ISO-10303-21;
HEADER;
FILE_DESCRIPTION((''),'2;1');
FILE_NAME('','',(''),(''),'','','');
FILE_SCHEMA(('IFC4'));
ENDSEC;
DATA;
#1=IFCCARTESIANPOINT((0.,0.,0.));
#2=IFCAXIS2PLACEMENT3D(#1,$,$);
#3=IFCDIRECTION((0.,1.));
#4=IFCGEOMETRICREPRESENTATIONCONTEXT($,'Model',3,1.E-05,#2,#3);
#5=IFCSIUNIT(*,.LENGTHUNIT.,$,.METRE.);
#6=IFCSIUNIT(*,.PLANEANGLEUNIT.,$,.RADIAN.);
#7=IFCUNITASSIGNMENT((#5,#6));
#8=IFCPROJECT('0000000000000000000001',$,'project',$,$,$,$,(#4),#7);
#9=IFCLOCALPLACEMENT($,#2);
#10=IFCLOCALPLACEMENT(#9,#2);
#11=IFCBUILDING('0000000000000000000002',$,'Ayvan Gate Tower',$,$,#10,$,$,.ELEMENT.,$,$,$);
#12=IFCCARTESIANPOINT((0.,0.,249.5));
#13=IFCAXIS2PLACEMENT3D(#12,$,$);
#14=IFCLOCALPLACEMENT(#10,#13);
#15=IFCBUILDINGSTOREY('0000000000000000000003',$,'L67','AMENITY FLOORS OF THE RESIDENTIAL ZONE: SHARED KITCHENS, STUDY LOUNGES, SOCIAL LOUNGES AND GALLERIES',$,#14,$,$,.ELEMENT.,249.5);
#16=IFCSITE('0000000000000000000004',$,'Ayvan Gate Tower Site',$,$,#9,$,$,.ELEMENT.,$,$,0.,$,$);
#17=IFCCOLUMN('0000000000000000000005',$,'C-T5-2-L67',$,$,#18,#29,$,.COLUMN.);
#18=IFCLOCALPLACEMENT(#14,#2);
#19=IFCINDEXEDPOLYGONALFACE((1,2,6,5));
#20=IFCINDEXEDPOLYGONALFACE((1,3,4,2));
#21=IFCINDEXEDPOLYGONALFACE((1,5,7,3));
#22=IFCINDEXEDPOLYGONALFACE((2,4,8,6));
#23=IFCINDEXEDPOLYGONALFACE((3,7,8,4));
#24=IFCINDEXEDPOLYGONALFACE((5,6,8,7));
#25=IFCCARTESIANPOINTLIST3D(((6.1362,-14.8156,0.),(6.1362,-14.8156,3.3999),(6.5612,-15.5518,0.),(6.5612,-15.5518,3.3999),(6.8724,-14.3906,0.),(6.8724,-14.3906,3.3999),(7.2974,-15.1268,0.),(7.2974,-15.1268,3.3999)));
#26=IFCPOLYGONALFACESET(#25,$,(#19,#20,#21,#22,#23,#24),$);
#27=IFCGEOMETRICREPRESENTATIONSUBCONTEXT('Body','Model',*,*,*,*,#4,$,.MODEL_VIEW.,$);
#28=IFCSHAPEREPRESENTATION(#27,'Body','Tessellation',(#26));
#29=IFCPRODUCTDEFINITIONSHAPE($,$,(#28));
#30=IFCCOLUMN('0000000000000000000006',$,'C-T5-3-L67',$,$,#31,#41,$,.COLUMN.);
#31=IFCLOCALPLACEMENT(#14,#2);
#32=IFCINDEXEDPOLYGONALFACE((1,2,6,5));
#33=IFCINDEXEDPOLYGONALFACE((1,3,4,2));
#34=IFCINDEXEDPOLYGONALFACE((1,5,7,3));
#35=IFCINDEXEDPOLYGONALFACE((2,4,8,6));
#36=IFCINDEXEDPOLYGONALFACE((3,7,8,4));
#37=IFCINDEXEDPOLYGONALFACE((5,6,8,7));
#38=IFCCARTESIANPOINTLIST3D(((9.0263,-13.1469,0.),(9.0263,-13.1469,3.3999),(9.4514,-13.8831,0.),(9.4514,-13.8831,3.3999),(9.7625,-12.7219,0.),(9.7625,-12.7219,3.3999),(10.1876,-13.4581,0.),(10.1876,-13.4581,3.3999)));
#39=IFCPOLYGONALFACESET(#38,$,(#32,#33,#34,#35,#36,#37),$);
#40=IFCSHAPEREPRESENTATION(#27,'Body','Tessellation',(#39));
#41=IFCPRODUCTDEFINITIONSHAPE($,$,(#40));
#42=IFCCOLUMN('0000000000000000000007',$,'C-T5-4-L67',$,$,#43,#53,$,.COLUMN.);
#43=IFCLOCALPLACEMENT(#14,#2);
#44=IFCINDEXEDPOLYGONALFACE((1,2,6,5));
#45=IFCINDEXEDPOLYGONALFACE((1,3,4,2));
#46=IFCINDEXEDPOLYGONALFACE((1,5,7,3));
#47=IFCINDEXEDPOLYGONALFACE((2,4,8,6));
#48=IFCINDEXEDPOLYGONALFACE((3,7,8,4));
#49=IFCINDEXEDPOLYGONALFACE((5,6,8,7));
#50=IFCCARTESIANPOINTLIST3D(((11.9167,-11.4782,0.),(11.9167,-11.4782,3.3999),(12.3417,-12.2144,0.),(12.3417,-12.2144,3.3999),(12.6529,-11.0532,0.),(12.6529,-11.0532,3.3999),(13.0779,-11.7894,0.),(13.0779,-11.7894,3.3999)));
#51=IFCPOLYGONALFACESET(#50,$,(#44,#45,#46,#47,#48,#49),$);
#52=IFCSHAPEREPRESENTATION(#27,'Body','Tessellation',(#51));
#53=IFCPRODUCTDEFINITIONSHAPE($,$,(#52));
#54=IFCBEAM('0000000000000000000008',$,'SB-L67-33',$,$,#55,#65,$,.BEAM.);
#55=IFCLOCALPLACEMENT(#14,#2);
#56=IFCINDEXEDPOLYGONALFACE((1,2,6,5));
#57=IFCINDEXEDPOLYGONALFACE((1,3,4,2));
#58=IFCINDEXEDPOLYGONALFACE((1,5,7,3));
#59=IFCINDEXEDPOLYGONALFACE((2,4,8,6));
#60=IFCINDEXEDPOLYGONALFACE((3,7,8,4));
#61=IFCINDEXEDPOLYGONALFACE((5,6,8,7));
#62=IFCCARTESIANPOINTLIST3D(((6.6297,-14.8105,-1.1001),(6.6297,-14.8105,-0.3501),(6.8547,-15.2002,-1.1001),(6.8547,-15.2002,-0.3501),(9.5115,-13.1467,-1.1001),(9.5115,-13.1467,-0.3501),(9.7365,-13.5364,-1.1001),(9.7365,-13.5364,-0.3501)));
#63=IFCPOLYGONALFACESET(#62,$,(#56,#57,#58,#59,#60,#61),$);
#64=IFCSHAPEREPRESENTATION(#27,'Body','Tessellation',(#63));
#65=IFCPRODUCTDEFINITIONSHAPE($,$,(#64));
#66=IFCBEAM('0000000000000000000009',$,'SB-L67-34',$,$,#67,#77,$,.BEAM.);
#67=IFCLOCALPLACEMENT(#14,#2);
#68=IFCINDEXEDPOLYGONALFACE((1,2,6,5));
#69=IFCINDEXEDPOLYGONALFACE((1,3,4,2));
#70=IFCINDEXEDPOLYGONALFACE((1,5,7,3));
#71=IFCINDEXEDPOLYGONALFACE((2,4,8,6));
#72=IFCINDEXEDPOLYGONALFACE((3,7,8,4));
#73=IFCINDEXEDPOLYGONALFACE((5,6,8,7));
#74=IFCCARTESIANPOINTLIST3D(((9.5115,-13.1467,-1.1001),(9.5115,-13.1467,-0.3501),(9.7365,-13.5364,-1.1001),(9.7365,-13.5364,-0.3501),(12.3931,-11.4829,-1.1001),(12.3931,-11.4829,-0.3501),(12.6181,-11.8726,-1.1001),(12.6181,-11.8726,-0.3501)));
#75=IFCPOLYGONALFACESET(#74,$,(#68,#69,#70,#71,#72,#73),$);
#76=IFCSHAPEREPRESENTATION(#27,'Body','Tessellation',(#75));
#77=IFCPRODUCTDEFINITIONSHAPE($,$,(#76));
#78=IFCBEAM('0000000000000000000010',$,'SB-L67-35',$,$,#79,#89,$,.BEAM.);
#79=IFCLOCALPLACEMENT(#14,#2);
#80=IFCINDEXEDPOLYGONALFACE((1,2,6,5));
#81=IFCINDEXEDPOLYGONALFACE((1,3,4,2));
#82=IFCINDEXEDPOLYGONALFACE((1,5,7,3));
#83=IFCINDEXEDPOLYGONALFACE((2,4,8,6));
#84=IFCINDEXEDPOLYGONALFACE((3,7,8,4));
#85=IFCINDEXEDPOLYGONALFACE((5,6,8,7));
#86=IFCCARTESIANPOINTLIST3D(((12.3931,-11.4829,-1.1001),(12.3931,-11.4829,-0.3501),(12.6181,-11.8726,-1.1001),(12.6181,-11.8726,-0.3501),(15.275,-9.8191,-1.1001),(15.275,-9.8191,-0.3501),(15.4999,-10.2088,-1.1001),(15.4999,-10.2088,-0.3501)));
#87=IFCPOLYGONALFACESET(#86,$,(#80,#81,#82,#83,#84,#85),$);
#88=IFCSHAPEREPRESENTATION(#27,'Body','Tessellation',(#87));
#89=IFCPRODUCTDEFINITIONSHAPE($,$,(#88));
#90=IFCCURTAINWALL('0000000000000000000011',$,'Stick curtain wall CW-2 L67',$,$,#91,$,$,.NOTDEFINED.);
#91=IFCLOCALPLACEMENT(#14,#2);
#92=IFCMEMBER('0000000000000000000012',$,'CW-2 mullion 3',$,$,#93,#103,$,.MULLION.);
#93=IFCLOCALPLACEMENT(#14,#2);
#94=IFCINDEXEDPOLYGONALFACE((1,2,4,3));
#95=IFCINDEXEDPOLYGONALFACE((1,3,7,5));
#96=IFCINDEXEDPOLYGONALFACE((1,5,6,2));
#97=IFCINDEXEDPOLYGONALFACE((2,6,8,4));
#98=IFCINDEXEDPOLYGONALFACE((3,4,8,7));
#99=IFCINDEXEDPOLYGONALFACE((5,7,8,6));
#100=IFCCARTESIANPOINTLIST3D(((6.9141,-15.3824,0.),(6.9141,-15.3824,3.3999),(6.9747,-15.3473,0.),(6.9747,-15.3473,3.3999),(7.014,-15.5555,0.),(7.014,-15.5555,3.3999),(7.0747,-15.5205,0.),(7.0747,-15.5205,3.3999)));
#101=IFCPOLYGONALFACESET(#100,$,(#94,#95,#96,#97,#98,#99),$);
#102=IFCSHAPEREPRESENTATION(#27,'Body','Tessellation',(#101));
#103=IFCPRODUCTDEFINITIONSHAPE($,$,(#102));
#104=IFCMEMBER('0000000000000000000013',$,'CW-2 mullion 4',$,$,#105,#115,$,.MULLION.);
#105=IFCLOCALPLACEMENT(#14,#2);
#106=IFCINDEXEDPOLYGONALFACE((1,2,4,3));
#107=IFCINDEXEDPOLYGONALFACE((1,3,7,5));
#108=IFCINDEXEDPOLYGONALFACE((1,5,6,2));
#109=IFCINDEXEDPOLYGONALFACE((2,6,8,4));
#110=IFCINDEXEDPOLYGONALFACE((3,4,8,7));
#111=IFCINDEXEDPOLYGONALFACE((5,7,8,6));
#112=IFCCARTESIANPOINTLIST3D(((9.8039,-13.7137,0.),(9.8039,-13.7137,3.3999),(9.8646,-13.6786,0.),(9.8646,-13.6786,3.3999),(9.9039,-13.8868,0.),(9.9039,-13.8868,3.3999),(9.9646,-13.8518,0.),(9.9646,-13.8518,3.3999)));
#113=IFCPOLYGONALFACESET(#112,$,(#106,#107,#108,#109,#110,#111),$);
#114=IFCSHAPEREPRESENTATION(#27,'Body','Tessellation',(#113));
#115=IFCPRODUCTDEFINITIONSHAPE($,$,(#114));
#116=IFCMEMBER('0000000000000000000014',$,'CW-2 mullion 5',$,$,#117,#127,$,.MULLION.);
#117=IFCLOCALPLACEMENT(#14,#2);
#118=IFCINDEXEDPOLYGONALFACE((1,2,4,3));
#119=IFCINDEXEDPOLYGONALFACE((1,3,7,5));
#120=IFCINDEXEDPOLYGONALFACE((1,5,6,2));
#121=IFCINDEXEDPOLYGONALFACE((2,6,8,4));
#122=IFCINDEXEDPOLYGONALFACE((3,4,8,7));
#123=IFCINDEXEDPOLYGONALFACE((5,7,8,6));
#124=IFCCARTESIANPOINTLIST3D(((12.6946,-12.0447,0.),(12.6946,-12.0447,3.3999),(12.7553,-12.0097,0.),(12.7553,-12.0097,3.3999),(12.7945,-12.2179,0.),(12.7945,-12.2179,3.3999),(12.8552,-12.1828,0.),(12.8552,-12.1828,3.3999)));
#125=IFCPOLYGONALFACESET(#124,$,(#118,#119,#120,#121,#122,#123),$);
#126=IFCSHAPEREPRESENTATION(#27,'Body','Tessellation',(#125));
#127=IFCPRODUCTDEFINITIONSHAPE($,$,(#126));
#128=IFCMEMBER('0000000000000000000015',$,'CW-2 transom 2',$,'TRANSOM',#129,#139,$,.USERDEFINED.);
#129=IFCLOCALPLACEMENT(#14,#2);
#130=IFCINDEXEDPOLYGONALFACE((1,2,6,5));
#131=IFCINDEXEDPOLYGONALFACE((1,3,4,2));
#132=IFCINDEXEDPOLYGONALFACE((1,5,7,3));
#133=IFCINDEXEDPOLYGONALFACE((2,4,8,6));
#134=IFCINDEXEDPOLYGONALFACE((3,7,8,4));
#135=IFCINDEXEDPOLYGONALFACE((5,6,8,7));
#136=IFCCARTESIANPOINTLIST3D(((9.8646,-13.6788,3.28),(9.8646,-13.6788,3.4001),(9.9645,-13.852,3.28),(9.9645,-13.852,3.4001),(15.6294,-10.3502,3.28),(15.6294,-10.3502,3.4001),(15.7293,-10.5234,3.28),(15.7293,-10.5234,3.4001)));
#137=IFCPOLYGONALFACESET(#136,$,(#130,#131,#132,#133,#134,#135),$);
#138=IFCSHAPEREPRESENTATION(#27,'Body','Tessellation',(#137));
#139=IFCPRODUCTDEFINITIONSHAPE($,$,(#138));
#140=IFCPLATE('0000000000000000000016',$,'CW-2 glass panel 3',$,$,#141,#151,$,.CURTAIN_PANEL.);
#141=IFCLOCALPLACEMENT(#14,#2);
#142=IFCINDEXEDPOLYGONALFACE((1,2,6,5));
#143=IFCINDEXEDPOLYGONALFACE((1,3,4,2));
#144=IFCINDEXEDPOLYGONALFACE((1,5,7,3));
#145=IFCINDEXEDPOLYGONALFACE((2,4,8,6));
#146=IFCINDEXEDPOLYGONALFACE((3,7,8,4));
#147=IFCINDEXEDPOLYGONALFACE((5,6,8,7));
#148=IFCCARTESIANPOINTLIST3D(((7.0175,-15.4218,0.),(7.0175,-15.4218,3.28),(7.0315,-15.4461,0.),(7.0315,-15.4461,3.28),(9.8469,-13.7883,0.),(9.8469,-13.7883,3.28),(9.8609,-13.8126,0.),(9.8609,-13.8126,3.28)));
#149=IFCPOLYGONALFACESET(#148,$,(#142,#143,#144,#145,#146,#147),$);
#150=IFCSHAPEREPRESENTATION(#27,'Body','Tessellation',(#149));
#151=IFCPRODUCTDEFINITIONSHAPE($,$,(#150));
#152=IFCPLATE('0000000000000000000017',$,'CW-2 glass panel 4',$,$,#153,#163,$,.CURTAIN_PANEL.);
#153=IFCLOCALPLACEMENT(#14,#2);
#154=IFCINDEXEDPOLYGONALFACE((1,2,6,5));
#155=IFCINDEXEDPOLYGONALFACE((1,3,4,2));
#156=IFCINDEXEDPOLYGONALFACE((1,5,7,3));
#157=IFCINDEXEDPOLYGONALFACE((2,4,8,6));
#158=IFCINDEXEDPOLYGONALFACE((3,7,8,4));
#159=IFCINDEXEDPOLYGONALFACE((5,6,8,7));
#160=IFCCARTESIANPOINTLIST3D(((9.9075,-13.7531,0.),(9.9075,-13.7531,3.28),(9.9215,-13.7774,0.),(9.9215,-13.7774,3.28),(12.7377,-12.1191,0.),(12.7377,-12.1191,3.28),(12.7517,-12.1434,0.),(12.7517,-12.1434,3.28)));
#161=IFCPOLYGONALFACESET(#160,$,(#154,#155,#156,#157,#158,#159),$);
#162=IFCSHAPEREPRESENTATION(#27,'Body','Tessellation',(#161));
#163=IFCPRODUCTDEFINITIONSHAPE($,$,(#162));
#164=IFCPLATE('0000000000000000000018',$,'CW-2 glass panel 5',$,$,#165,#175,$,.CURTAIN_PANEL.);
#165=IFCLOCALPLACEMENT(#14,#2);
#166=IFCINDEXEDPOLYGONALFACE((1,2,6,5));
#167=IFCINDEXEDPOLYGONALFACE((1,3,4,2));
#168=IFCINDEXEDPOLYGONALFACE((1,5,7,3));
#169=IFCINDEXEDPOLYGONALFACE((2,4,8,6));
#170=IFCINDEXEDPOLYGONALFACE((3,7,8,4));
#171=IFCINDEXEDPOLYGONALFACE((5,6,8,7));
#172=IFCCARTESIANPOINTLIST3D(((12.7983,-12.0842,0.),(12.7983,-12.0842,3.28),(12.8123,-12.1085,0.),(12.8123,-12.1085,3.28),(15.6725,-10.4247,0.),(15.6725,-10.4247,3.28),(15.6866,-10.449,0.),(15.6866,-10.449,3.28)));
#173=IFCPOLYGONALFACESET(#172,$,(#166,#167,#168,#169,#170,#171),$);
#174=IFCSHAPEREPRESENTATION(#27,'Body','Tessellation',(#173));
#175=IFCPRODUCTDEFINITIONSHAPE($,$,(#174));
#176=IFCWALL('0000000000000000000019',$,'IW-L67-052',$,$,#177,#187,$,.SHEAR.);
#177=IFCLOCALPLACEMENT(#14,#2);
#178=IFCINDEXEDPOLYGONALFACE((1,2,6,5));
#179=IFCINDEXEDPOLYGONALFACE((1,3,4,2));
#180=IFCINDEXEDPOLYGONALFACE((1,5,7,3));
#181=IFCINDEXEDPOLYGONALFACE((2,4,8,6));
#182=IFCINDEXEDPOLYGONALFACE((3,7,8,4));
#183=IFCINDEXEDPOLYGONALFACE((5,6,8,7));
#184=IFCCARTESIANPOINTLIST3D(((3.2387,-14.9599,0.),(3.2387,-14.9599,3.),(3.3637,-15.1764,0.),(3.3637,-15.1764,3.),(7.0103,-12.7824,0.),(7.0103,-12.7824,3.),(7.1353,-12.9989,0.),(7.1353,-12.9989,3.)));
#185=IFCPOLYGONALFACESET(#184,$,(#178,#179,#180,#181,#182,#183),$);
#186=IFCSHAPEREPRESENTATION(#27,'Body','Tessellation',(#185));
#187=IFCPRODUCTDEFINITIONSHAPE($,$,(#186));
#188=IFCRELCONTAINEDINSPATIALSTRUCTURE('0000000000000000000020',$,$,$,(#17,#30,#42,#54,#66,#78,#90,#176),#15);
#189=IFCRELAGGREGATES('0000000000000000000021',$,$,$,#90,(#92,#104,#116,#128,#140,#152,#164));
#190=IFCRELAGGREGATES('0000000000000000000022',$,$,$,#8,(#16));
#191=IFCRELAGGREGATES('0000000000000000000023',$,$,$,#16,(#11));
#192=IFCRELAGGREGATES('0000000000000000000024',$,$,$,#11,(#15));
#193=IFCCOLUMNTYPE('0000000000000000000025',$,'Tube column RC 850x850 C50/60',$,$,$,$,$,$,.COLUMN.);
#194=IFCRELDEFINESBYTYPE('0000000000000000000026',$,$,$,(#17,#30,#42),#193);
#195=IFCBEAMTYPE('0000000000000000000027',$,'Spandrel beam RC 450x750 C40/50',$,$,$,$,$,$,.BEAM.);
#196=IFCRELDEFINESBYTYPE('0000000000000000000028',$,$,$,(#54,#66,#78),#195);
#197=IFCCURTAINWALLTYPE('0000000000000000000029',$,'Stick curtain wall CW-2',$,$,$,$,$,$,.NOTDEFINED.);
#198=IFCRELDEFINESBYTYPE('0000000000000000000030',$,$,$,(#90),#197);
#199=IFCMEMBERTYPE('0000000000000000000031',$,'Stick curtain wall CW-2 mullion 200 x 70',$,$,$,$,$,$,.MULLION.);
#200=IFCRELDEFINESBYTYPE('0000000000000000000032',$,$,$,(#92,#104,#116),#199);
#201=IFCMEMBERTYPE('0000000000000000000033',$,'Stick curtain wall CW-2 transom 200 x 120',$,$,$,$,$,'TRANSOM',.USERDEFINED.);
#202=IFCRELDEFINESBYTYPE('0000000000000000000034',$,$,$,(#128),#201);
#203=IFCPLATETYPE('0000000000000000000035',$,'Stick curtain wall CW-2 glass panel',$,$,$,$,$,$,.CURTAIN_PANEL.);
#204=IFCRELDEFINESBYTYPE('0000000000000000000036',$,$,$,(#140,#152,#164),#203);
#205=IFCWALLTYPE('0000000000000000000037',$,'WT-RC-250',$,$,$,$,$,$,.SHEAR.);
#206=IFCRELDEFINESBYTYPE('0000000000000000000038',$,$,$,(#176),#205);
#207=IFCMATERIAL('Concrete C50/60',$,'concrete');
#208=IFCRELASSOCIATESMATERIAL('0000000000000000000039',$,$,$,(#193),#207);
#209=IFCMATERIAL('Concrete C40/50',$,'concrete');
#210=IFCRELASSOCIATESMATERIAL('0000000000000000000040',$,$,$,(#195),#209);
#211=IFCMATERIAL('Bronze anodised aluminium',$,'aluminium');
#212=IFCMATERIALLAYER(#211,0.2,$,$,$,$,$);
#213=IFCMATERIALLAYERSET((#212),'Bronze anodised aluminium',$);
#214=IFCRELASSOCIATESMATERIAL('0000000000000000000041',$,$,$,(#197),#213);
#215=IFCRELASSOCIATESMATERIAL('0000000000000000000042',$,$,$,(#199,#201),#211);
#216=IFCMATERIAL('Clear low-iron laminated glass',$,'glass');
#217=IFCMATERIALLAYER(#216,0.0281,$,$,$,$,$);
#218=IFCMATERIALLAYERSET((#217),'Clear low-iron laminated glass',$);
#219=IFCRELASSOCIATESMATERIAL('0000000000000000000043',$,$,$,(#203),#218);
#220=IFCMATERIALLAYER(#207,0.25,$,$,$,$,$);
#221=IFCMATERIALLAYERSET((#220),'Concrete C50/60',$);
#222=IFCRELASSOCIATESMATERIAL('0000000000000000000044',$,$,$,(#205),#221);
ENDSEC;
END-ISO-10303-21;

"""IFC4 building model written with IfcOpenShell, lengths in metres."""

from ifc_helpers import new_model, si_unit, direction, frame, frame_2d, origin, origin_2d, place, context, subcontext, project, spatial, rectangle, extrude, material, layer, layer_set, material_profile, profile_set, type_object, element, aggregate, save


model = new_model("IFC4")

# Units and contexts
model_context = context("Model", 3, precision=1e-05, world=origin(), true_north=direction((0.0, 1.0)))
body_context = subcontext(model_context, "Body", "Model", "MODEL_VIEW")
ifc_project = project(units=[si_unit("LENGTHUNIT", "METRE"), si_unit("PLANEANGLEUNIT", "RADIAN")], contexts=[model_context])

# Site, building, storey
site_placement = place(None, origin())
site = spatial("IfcSite", under=ifc_project, at=site_placement, Name="Ayvan Gate Tower Site", CompositionType="ELEMENT", RefElevation=0.0)
building_placement = place(site_placement, origin())
building = spatial("IfcBuilding", under=site, at=building_placement, Name="Ayvan Gate Tower", CompositionType="ELEMENT")
storey_placement = place(building_placement, frame((0.0, 0.0, 249.5)))
storey = spatial("IfcBuildingStorey", under=building, at=storey_placement, Name="L67", Description="AMENITY FLOORS OF THE RESIDENTIAL ZONE: SHARED KITCHENS, STUDY LOUNGES, SOCIAL LOUNGES AND GALLERIES", CompositionType="ELEMENT", Elevation=249.5)

# Columns
ifc_material_1 = material(Name="Concrete C50/60", Category="concrete")
ifc_material_profile_1 = material_profile(ifc_material_1, rectangle(XDim=0.8501, YDim=0.8501, at=origin_2d()), Name="RC 850x850")
ifc_profile_set_1 = profile_set([ifc_material_profile_1], Name="Concrete C50/60")
column_type = type_object("IfcColumnType", Name="Tube column RC 850x850 C50/60", PredefinedType="COLUMN", material=ifc_profile_set_1)
for number, where, z_axis, x_axis, name in (
    (1, (6.7168, -14.9712, 0.0), (0.0, 0.0, 1.0), (0.5, -0.866025, 0.0), "C-T5-2-L67"),
    (2, (9.6069, -13.3025, 0.0), (0.0, 0.0, 1.0), (0.5, -0.866025, 0.0), "C-T5-3-L67"),
    (3, (12.4973, -11.6338, 0.0), (0.0, 0.0, 1.0), (0.5, -0.866025, 0.0), "C-T5-4-L67"),
):
    element("IfcColumn", number, at=place(storey_placement, frame(where, z_axis=z_axis, x_axis=x_axis)), inside=storey, type_object=column_type, Name=name, PredefinedType="COLUMN", context=body_context, shape_type="SweptSolid", body=[
        extrude(rectangle(XDim=0.8501, YDim=0.8501, at=origin_2d()), origin(), (0.0, 0.0, 1.0), 3.3999),
    ])

# Beams
ifc_material_2 = material(Name="Concrete C40/50", Category="concrete")
ifc_material_profile_2 = material_profile(ifc_material_2, rectangle(XDim=0.45, YDim=0.75, at=origin_2d()), Name="RC 450x750")
ifc_profile_set_2 = profile_set([ifc_material_profile_2], Name="Concrete C40/50")
beam_type = type_object("IfcBeamType", Name="Spandrel beam RC 450x750 C40/50", PredefinedType="BEAM", material=ifc_profile_set_2)
beam_1_placement = place(storey_placement, frame((6.7422, -15.0054, -0.7251), z_axis=(0.866027, 0.499998, 0.0), x_axis=(-0.499998, 0.866027, 0.0)))
element("IfcBeam", 4, at=beam_1_placement, inside=storey, type_object=beam_type, Name="SB-L67-33", PredefinedType="BEAM", context=body_context, shape_type="SweptSolid", body=[
    extrude(rectangle(XDim=0.45, YDim=0.75, at=origin_2d()), origin(), (0.0, 0.0, 1.0), 3.3276),
])
beam_2_placement = place(storey_placement, frame((9.624, -13.3416, -0.7251), z_axis=(0.866008, 0.500029, 0.0), x_axis=(-0.500029, 0.866008, 0.0)))
element("IfcBeam", 5, at=beam_2_placement, inside=storey, type_object=beam_type, Name="SB-L67-34", PredefinedType="BEAM", context=body_context, shape_type="SweptSolid", body=[
    extrude(rectangle(XDim=0.45, YDim=0.75, at=origin_2d()), origin(), (0.0, 0.0, 1.0), 3.3274),
])
beam_3_placement = place(storey_placement, frame((12.5056, -11.6777, -0.7251), z_axis=(0.866027, 0.499998, 0.0), x_axis=(-0.499998, 0.866027, 0.0)))
element("IfcBeam", 6, at=beam_3_placement, inside=storey, type_object=beam_type, Name="SB-L67-35", PredefinedType="BEAM", context=body_context, shape_type="SweptSolid", body=[
    extrude(rectangle(XDim=0.45, YDim=0.75, at=origin_2d()), origin(), (0.0, 0.0, 1.0), 3.3276),
])

# Curtain wall, members, plates
ifc_material_3 = material(Name="Bronze anodised aluminium", Category="aluminium")
ifc_layer_1 = layer(ifc_material_3, 0.2)
ifc_layer_set_1 = layer_set([ifc_layer_1], Name="Bronze anodised aluminium")
curtain_wall_type = type_object("IfcCurtainWallType", Name="Stick curtain wall CW-2", PredefinedType="NOTDEFINED", material=ifc_layer_set_1)
curtain_wall_placement = place(storey_placement, origin())
curtain_wall = element("IfcCurtainWall", 7, at=curtain_wall_placement, inside=storey, type_object=curtain_wall_type, Name="Stick curtain wall CW-2 L67", PredefinedType="NOTDEFINED")
ifc_material_profile_3 = material_profile(ifc_material_3, rectangle(XDim=0.2, YDim=0.0701, at=origin_2d()), Name="Stick curtain wall CW-2 mullion 200 x 70")
ifc_profile_set_3 = profile_set([ifc_material_profile_3], Name="Bronze anodised aluminium")
member_type_1 = type_object("IfcMemberType", Name="Stick curtain wall CW-2 mullion 200 x 70", PredefinedType="MULLION", material=ifc_profile_set_3)
member_1_placement = place(storey_placement, frame((6.9944, -15.4514, 0.0), z_axis=(0.0, 0.0, 1.0), x_axis=(0.5, -0.866025, 0.0)))
member_1 = element("IfcMember", 8, at=member_1_placement, type_object=member_type_1, Name="CW-2 mullion 3", PredefinedType="MULLION", context=body_context, shape_type="SweptSolid", body=[
    extrude(rectangle(XDim=0.2, YDim=0.0701, at=origin_2d()), origin(), (0.0, 0.0, 1.0), 3.3999),
])
member_2_placement = place(storey_placement, frame((9.8843, -13.7827, 0.0), z_axis=(0.0, 0.0, 1.0), x_axis=(0.5, -0.866025, 0.0)))
member_2 = element("IfcMember", 9, at=member_2_placement, type_object=member_type_1, Name="CW-2 mullion 4", PredefinedType="MULLION", context=body_context, shape_type="SweptSolid", body=[
    extrude(rectangle(XDim=0.2, YDim=0.0701, at=origin_2d()), origin(), (0.0, 0.0, 1.0), 3.3999),
])
member_3_placement = place(storey_placement, frame((12.7749, -12.1138, 0.0), z_axis=(0.0, 0.0, 1.0), x_axis=(0.5, -0.866025, 0.0)))
member_3 = element("IfcMember", 10, at=member_3_placement, type_object=member_type_1, Name="CW-2 mullion 5", PredefinedType="MULLION", context=body_context, shape_type="SweptSolid", body=[
    extrude(rectangle(XDim=0.2, YDim=0.0701, at=origin_2d()), origin(), (0.0, 0.0, 1.0), 3.3999),
])
ifc_material_profile_4 = material_profile(ifc_material_3, rectangle(XDim=0.2, YDim=0.1201, at=origin_2d()), Name="Stick curtain wall CW-2 transom 200 x 120")
ifc_profile_set_4 = profile_set([ifc_material_profile_4], Name="Bronze anodised aluminium")
member_type_2 = type_object("IfcMemberType", Name="Stick curtain wall CW-2 transom 200 x 120", ElementType="TRANSOM", PredefinedType="USERDEFINED", material=ifc_profile_set_4)
member_4_placement = place(storey_placement, frame((9.9146, -13.7654, 3.3401), z_axis=(0.866009, 0.500028, 0.0), x_axis=(-0.500028, 0.866009, 0.0)))
member_4 = element("IfcMember", 11, at=member_4_placement, type_object=member_type_2, Name="CW-2 transom 2", ObjectType="TRANSOM", PredefinedType="USERDEFINED", context=body_context, shape_type="SweptSolid", body=[
    extrude(rectangle(XDim=0.2, YDim=0.1201, at=origin_2d()), origin(), (0.0, 0.0, 1.0), 6.6567),
])
ifc_material_4 = material(Name="Clear low-iron laminated glass", Category="glass")
ifc_layer_2 = layer(ifc_material_4, 0.0281)
ifc_layer_set_2 = layer_set([ifc_layer_2], Name="Clear low-iron laminated glass")
plate_type = type_object("IfcPlateType", Name="Stick curtain wall CW-2 glass panel", PredefinedType="CURTAIN_PANEL", material=ifc_layer_set_2)
plate_1_placement = place(storey_placement, frame((8.4392, -14.6172, 0.0), z_axis=(0.0, 0.0, 1.0), x_axis=(0.866025, 0.5, 0.0)))
plate_1 = element("IfcPlate", 12, at=plate_1_placement, type_object=plate_type, Name="CW-2 glass panel 3", PredefinedType="CURTAIN_PANEL", context=body_context, shape_type="SweptSolid", body=[
    extrude(rectangle(XDim=3.2671, YDim=0.0281, at=origin_2d()), origin(), (0.0, 0.0, 1.0), 3.28),
])
plate_2_placement = place(storey_placement, frame((11.3296, -12.9482, 0.0), z_axis=(0.0, 0.0, 1.0), x_axis=(0.866025, 0.5, 0.0)))
plate_2 = element("IfcPlate", 13, at=plate_2_placement, type_object=plate_type, Name="CW-2 glass panel 4", PredefinedType="CURTAIN_PANEL", context=body_context, shape_type="SweptSolid", body=[
    extrude(rectangle(XDim=3.2681, YDim=0.0281, at=origin_2d()), origin(), (0.0, 0.0, 1.0), 3.28),
])
plate_3_placement = place(storey_placement, frame((14.2424, -11.2666, 0.0), z_axis=(0.0, 0.0, 1.0), x_axis=(0.866025, 0.5, 0.0)))
plate_3 = element("IfcPlate", 14, at=plate_3_placement, type_object=plate_type, Name="CW-2 glass panel 5", PredefinedType="CURTAIN_PANEL", context=body_context, shape_type="SweptSolid", body=[
    extrude(rectangle(XDim=3.3188, YDim=0.0281, at=origin_2d()), origin(), (0.0, 0.0, 1.0), 3.28),
])
aggregate(curtain_wall, [member_1, member_2, member_3, member_4, plate_1, plate_2, plate_3])

# Wall
ifc_layer_3 = layer(ifc_material_1, 0.25)
ifc_layer_set_3 = layer_set([ifc_layer_3], Name="Concrete C50/60")
wall_type = type_object("IfcWallType", Name="WT-RC-250", PredefinedType="SHEAR", material=ifc_layer_set_3)
wall_1_placement = place(storey_placement, frame((7.0728, -12.8906, 0.0), z_axis=(0.0, 0.0, 1.0), x_axis=(-0.866023, -0.500004, 0.0)))
element("IfcWall", 15, at=wall_1_placement, inside=storey, type_object=wall_type, Name="IW-L67-052", PredefinedType="SHEAR", context=body_context, shape_type="SweptSolid", body=[
    extrude(rectangle(XDim=4.355, YDim=0.25, at=frame_2d((2.1775, 0.0))), origin(), (0.0, 0.0, 1.0), 3.0),
])

save(model, "model.ifc")
